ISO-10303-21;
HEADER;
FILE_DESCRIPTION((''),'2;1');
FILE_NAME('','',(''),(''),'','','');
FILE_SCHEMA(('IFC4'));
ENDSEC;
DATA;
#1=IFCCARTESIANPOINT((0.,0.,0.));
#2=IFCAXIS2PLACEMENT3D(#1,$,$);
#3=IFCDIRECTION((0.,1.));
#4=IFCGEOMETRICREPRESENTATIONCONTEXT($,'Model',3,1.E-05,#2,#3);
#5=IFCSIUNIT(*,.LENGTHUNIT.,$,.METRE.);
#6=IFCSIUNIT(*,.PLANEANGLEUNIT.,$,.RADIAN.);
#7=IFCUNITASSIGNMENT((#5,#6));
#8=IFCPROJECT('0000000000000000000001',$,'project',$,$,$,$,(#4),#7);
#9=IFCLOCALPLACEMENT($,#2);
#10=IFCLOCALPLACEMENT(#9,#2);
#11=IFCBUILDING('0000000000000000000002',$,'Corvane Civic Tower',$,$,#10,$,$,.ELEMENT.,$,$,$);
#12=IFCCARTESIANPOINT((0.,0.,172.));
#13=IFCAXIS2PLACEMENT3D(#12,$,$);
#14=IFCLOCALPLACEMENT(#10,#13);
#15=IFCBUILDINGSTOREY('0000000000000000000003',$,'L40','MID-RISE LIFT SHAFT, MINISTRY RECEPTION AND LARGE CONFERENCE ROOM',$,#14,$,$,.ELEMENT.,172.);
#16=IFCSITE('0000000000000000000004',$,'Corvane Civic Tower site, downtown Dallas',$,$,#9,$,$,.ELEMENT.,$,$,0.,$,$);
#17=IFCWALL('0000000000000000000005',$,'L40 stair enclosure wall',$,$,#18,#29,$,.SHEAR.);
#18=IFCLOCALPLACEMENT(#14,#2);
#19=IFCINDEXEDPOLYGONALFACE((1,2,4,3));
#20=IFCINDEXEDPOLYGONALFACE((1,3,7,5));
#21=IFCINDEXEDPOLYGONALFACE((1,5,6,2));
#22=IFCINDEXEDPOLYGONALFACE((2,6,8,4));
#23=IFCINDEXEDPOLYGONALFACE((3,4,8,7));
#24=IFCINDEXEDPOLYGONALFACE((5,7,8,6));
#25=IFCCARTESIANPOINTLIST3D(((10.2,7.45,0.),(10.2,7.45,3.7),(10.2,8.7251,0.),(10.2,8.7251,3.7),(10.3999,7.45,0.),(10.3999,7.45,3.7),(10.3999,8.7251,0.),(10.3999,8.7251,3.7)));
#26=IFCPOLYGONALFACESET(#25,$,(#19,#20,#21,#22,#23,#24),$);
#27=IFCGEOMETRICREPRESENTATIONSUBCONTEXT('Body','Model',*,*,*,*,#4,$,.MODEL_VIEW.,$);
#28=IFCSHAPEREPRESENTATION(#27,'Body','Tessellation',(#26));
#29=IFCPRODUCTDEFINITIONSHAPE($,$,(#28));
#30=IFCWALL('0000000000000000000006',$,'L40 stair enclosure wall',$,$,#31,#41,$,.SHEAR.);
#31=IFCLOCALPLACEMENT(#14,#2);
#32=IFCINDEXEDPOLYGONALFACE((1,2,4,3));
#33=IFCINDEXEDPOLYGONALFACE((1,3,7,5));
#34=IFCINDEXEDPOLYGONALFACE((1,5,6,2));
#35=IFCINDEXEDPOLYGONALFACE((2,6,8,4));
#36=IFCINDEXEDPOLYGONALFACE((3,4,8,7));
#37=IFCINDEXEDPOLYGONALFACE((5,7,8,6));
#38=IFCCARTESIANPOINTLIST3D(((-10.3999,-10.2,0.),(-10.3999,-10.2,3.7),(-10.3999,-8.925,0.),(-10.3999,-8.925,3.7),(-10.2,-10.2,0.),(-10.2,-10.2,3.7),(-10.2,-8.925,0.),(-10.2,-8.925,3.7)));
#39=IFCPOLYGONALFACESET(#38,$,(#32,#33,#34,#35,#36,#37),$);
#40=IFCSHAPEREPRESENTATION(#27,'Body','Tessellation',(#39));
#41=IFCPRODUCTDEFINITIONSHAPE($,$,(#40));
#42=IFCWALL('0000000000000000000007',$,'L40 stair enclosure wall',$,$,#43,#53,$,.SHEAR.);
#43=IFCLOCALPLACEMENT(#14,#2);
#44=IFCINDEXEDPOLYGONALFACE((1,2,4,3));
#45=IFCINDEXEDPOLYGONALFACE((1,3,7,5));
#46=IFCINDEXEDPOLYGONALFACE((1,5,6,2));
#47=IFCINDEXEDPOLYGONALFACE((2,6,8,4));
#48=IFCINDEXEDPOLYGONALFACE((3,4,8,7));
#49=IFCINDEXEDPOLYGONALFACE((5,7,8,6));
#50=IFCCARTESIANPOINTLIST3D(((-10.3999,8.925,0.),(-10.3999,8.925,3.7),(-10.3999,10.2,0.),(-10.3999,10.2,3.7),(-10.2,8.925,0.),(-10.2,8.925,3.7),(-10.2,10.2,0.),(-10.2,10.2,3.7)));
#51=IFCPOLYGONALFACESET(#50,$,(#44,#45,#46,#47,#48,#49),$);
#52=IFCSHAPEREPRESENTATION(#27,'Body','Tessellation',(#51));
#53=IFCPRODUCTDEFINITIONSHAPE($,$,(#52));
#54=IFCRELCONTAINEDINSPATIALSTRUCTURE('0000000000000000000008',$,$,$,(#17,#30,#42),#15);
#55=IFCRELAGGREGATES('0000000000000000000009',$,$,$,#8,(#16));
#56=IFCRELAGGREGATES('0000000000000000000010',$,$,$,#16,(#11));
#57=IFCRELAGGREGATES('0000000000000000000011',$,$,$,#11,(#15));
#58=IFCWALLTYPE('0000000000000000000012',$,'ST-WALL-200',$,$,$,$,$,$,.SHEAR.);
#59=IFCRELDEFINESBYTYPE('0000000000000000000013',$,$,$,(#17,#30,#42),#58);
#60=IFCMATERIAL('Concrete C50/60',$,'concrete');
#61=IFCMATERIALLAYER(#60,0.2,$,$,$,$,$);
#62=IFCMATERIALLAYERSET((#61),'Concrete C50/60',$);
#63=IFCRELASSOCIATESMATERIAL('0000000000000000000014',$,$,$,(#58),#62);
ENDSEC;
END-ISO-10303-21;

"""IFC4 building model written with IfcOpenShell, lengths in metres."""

from ifc_helpers import new_model, si_unit, direction, frame, origin, place, context, subcontext, project, spatial, polyline, outline, extrude, material, layer, layer_set, type_object, element, save


model = new_model("IFC4")

# Units and contexts
model_context = context("Model", 3, precision=1e-05, world=origin(), true_north=direction((0.0, 1.0)))
body_context = subcontext(model_context, "Body", "Model", "MODEL_VIEW")
ifc_project = project(units=[si_unit("LENGTHUNIT", "METRE"), si_unit("PLANEANGLEUNIT", "RADIAN")], contexts=[model_context])

# Site, building, storey
site_placement = place(None, origin())
site = spatial("IfcSite", under=ifc_project, at=site_placement, Name="Corvane Civic Tower site, downtown Dallas", CompositionType="ELEMENT", RefElevation=0.0)
building_placement = place(site_placement, origin())
building = spatial("IfcBuilding", under=site, at=building_placement, Name="Corvane Civic Tower", CompositionType="ELEMENT")
storey_placement = place(building_placement, frame((0.0, 0.0, 172.0)))
storey = spatial("IfcBuildingStorey", under=building, at=storey_placement, Name="L40", Description="MID-RISE LIFT SHAFT, MINISTRY RECEPTION AND LARGE CONFERENCE ROOM", CompositionType="ELEMENT", Elevation=172.0)

# Walls
ifc_material_1 = material(Name="Concrete C50/60", Category="concrete")
ifc_layer_1 = layer(ifc_material_1, 0.2)
ifc_layer_set_1 = layer_set([ifc_layer_1], Name="Concrete C50/60")
wall_type_1 = type_object("IfcWallType", Name="ST-WALL-200", PredefinedType="SHEAR", material=ifc_layer_set_1)
wall_1_placement = place(storey_placement, origin())
element("IfcWall", 1, at=wall_1_placement, inside=storey, type_object=wall_type_1, Name="L40 stair enclosure wall", PredefinedType="SHEAR", context=body_context, shape_type="SweptSolid", body=[
    extrude(outline(polyline([(10.3999, 8.7251), (10.3999, 7.45), (10.2, 7.45), (10.2, 8.7251), (10.3999, 8.7251)])), origin(), (0.0, 0.0, 1.0), 3.7),
])
wall_2_placement = place(storey_placement, origin())
element("IfcWall", 2, at=wall_2_placement, inside=storey, type_object=wall_type_1, Name="L40 stair enclosure wall", PredefinedType="SHEAR", context=body_context, shape_type="SweptSolid", body=[
    extrude(outline(polyline([(-10.2, -8.925), (-10.2, -10.2), (-10.3999, -10.2), (-10.3999, -8.925), (-10.2, -8.925)])), origin(), (0.0, 0.0, 1.0), 3.7),
])
wall_3_placement = place(storey_placement, origin())
element("IfcWall", 3, at=wall_3_placement, inside=storey, type_object=wall_type_1, Name="L40 stair enclosure wall", PredefinedType="SHEAR", context=body_context, shape_type="SweptSolid", body=[
    extrude(outline(polyline([(-10.2, 8.925), (-10.3999, 8.925), (-10.3999, 10.2), (-10.2, 10.2), (-10.2, 8.925)])), origin(), (0.0, 0.0, 1.0), 3.7),
])

save(model, "model.ifc")
